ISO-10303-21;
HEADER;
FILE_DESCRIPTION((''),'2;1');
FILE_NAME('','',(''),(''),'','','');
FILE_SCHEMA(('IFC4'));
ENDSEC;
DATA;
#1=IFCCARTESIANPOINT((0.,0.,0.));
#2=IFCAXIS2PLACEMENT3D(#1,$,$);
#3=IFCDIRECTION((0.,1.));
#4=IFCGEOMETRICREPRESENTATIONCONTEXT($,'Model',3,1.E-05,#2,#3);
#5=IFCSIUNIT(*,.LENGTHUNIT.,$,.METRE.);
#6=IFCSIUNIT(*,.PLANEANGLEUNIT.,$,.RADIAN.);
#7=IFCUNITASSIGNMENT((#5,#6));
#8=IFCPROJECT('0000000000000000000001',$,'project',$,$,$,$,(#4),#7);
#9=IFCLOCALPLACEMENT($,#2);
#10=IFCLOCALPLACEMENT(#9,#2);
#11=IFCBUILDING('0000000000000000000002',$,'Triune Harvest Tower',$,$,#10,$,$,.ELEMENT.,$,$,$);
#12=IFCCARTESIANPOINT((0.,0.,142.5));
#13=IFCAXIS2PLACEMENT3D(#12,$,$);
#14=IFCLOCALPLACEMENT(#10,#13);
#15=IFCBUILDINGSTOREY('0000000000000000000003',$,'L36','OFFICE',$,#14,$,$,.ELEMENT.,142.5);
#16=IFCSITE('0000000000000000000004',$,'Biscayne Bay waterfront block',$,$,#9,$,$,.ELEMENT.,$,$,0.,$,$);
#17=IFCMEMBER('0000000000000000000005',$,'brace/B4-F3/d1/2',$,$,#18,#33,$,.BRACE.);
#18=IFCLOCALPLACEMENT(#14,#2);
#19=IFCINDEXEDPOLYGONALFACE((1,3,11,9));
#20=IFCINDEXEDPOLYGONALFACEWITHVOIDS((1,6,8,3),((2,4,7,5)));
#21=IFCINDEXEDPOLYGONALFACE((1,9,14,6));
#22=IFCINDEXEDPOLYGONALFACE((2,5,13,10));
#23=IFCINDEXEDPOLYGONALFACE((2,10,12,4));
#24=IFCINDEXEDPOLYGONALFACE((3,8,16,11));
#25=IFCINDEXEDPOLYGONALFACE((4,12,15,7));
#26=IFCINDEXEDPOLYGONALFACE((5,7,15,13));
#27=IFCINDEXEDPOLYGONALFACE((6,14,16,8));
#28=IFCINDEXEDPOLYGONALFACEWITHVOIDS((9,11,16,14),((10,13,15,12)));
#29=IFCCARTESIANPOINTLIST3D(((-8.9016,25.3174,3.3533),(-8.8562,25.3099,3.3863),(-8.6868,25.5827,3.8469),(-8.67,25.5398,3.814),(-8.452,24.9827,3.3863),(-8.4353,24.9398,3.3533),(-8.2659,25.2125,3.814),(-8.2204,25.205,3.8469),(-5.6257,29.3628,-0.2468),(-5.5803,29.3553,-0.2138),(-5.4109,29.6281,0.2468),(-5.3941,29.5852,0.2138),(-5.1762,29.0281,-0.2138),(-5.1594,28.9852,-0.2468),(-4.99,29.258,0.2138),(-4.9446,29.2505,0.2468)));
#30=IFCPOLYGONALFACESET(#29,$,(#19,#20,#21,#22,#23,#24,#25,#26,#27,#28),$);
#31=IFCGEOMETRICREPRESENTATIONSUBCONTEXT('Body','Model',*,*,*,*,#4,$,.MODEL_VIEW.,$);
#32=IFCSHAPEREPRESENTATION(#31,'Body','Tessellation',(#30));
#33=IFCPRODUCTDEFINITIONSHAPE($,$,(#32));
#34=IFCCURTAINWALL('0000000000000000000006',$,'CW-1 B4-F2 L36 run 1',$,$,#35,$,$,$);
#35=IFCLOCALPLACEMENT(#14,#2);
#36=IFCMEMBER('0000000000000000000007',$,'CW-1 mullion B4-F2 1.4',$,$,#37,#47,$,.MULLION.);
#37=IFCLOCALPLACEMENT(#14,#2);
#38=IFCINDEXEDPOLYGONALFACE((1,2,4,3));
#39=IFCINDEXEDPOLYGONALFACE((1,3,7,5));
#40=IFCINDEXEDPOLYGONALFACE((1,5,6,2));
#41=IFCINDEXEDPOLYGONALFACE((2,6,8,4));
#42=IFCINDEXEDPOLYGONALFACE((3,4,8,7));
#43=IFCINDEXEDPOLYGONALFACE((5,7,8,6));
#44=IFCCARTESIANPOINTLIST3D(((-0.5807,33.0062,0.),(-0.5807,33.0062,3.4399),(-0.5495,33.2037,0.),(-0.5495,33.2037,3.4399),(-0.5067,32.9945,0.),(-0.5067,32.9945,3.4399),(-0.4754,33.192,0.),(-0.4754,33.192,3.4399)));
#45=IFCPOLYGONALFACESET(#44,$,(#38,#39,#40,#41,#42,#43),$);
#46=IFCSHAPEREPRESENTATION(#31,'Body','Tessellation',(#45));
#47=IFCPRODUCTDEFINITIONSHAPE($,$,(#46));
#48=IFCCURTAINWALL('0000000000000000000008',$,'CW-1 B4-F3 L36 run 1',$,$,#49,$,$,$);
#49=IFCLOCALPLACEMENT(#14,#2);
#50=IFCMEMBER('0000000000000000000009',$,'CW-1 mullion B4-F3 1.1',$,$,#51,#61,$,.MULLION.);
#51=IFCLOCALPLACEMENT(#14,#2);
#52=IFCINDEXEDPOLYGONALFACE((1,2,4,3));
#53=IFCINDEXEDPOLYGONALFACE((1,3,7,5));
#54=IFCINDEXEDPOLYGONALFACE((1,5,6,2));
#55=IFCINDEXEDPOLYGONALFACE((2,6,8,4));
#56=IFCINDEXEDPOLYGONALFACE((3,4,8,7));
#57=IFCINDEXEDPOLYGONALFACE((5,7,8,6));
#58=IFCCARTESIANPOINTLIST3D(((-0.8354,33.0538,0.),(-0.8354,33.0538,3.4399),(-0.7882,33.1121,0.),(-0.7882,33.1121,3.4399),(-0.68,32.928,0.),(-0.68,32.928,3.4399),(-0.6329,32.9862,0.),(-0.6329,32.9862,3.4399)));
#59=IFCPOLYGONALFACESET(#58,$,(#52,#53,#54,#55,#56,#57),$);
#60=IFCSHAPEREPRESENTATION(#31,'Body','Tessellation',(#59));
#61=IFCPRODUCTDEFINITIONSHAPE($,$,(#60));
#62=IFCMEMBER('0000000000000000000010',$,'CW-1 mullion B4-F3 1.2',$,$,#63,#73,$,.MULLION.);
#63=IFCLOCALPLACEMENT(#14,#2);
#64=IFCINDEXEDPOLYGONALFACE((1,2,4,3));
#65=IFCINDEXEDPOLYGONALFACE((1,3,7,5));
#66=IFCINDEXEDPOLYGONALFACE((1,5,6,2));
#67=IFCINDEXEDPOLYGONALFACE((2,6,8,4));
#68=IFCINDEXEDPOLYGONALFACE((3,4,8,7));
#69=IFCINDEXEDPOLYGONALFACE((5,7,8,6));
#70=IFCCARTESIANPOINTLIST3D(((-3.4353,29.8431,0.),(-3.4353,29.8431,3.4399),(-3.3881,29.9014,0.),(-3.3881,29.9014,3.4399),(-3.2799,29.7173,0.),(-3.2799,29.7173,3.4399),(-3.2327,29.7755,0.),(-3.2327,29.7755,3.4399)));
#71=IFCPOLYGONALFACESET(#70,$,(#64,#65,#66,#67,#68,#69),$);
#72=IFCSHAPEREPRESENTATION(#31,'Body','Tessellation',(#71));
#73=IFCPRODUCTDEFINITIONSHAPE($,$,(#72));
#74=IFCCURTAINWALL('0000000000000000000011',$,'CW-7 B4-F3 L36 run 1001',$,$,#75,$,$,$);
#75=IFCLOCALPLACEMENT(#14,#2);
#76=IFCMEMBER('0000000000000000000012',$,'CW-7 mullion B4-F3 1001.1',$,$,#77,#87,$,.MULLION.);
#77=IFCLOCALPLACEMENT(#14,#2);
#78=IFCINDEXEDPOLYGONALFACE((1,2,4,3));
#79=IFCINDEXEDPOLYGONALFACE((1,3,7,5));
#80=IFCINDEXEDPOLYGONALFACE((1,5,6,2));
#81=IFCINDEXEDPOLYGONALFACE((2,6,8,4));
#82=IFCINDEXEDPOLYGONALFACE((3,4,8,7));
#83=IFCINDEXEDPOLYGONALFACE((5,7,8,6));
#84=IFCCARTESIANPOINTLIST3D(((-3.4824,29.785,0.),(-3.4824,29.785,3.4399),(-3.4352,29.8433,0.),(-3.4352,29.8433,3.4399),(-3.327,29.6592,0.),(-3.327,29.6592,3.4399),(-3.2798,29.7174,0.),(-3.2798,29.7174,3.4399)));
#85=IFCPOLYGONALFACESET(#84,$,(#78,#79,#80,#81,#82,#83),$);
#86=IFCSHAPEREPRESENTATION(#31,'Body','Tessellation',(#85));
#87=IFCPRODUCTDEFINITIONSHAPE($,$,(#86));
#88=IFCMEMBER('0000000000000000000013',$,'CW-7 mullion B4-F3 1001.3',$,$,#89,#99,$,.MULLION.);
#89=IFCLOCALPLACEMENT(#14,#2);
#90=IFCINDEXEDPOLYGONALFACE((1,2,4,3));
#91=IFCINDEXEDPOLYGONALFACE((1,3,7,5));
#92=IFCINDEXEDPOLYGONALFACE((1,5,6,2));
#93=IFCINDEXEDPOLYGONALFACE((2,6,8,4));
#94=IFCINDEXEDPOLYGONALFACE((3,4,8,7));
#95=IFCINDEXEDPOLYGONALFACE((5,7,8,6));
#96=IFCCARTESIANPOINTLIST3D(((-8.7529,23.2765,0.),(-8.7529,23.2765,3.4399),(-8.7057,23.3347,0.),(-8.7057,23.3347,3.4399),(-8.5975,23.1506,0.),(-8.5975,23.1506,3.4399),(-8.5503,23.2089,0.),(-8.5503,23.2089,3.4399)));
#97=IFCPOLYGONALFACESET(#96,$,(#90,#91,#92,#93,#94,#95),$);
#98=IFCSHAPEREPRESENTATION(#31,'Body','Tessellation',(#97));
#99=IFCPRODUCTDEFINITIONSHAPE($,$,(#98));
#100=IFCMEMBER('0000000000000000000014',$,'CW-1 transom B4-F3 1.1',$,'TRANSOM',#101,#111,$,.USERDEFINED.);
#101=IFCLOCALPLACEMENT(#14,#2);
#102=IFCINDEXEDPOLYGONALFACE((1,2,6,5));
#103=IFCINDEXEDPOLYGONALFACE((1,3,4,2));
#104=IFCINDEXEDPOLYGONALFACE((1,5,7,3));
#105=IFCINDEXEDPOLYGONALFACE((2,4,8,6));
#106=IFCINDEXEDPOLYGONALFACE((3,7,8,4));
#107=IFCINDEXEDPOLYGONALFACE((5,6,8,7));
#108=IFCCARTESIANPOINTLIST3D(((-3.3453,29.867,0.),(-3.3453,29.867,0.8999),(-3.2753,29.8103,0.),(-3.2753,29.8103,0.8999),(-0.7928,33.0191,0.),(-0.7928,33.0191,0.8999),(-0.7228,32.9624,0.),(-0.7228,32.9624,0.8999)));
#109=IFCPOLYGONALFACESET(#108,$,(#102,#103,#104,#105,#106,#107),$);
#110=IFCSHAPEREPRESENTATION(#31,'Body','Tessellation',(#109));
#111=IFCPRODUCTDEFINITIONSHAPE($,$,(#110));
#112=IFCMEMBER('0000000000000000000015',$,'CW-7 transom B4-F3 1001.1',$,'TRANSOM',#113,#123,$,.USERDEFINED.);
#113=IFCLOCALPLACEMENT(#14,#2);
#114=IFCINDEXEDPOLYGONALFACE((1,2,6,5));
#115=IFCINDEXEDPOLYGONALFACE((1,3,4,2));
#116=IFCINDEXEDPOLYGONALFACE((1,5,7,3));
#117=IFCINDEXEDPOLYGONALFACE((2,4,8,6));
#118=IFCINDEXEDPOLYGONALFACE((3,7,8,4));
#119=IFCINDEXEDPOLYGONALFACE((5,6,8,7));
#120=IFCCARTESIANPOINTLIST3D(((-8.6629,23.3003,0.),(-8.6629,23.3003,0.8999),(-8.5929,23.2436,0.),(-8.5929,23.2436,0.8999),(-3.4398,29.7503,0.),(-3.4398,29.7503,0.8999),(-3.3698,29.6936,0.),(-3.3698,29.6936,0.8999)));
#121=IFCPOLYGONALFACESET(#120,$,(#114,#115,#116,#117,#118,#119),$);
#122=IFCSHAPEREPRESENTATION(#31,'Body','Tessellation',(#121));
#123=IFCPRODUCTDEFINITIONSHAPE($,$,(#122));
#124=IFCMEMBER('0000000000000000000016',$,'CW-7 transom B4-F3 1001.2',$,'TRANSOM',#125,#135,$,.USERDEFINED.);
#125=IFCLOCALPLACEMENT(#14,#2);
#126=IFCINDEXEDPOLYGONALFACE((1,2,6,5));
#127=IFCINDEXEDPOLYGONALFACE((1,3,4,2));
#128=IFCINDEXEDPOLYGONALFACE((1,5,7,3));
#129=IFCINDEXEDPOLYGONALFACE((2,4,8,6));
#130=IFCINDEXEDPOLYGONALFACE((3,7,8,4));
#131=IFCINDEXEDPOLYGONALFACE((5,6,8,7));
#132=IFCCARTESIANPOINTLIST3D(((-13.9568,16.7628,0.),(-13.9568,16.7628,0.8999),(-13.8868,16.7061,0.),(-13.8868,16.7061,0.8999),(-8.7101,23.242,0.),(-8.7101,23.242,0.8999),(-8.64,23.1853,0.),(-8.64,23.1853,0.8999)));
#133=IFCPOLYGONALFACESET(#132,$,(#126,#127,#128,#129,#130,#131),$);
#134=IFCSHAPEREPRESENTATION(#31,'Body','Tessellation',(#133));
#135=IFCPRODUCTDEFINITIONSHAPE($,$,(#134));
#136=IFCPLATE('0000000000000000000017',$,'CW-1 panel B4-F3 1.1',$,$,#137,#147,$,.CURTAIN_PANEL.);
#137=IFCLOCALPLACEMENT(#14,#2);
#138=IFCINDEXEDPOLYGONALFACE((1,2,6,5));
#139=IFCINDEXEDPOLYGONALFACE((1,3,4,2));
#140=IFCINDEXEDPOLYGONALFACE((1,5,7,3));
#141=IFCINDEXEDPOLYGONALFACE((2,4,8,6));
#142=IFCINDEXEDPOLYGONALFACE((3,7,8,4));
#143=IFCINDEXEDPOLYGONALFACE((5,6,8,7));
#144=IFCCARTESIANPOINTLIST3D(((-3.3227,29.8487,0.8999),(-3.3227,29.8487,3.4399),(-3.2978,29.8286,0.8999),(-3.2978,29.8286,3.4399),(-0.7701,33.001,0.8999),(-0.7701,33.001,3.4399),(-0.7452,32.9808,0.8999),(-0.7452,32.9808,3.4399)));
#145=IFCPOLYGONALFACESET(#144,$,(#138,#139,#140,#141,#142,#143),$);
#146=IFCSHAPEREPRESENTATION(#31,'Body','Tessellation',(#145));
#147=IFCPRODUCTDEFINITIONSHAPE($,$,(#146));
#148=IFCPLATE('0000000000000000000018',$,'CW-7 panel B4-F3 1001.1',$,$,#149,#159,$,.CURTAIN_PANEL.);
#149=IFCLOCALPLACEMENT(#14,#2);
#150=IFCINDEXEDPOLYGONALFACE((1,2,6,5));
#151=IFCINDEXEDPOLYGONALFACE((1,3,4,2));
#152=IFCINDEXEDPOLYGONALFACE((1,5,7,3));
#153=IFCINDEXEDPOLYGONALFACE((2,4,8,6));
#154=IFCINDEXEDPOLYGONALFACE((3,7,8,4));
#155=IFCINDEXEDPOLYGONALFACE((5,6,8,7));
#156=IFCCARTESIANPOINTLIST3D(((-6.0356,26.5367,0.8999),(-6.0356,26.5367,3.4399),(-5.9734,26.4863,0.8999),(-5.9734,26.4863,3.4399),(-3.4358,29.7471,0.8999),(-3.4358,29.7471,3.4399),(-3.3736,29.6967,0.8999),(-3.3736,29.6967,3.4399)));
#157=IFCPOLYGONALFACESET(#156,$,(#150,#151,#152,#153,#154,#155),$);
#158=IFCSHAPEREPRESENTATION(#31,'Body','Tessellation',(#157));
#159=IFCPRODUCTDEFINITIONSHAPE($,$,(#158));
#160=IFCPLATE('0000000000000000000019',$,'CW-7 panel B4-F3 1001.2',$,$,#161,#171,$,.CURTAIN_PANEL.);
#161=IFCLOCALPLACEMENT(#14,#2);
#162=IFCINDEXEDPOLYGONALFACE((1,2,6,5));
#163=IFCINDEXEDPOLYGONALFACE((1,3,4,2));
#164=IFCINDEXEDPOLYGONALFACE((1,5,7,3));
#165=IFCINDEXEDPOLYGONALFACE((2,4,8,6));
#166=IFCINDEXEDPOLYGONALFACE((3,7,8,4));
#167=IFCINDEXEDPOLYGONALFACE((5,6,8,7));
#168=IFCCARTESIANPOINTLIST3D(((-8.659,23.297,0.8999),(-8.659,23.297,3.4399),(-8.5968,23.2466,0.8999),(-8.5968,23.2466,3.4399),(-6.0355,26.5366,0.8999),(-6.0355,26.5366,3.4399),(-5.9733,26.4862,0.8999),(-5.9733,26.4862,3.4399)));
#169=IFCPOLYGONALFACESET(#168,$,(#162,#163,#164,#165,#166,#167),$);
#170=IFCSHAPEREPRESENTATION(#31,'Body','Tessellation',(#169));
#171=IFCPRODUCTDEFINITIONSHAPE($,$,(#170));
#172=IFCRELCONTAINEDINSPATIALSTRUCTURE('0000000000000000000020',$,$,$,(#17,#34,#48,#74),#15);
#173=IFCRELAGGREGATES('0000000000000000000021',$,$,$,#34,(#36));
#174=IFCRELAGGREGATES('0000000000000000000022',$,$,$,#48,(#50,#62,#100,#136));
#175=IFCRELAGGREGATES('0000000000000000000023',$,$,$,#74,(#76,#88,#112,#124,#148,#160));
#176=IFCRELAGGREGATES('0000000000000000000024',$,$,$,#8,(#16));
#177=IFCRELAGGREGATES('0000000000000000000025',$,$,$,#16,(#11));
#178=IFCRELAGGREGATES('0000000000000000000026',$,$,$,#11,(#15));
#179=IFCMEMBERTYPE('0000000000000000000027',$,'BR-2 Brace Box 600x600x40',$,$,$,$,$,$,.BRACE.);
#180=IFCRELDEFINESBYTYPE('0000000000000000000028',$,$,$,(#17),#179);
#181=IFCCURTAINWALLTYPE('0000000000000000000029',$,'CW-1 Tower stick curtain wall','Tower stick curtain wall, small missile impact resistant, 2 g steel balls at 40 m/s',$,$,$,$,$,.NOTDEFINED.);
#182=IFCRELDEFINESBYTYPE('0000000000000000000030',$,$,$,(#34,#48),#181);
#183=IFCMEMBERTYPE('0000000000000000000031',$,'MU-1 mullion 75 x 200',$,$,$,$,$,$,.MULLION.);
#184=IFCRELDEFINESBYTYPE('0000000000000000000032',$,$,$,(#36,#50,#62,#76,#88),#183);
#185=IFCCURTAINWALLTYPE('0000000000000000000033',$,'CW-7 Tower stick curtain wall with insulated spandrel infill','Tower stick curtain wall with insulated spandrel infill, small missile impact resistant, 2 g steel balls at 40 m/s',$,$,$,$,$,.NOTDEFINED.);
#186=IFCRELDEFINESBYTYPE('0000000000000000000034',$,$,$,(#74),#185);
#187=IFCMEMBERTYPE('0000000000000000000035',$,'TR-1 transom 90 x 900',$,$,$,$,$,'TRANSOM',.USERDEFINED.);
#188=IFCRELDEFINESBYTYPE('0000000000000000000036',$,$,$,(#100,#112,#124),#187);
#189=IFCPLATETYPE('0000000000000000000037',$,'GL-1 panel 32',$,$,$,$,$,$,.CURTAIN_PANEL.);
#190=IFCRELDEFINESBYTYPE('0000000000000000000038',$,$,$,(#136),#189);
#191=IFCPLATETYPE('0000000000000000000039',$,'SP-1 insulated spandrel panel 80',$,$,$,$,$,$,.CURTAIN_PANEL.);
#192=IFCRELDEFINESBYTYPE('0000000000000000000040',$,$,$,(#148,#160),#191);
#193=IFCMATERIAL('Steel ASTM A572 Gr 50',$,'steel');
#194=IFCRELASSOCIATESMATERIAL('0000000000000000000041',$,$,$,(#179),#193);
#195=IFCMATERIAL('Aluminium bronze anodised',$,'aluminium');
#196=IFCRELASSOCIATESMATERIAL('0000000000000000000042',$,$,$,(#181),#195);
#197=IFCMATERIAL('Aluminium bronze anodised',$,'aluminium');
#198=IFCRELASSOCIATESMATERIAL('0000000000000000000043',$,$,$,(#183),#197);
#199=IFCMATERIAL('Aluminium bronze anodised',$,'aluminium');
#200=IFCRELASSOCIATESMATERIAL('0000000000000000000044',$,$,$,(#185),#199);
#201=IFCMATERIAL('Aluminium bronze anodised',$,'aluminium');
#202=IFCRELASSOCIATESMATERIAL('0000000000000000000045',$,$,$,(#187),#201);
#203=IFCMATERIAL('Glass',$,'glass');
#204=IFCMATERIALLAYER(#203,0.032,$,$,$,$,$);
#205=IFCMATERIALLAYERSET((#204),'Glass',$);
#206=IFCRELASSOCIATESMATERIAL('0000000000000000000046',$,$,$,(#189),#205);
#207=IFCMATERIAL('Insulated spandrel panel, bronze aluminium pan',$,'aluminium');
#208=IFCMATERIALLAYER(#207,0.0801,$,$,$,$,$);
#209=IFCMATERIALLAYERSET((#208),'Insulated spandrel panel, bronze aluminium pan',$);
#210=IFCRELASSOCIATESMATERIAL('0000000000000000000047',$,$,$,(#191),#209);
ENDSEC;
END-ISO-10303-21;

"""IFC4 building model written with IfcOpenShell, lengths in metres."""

from ifc_helpers import new_model, si_unit, direction, frame, origin, origin_2d, place, context, subcontext, project, spatial, rectangle, hollow_rectangle, extrude, source, transform, mapped, material, layer, layer_set, material_profile, profile_set, type_object, element, aggregate, save


model = new_model("IFC4")

# Units and contexts
model_context = context("Model", 3, precision=1e-05, world=origin(), true_north=direction((0.0, 1.0)))
body_context = subcontext(model_context, "Body", "Model", "MODEL_VIEW")
ifc_project = project(units=[si_unit("LENGTHUNIT", "METRE"), si_unit("PLANEANGLEUNIT", "RADIAN")], contexts=[model_context])

# Site, building, storey
site_placement = place(None, origin())
site = spatial("IfcSite", under=ifc_project, at=site_placement, Name="Biscayne Bay waterfront block", CompositionType="ELEMENT", RefElevation=0.0)
building_placement = place(site_placement, origin())
building = spatial("IfcBuilding", under=site, at=building_placement, Name="Triune Harvest Tower", CompositionType="ELEMENT")
storey_placement = place(building_placement, frame((0.0, 0.0, 142.5)))
storey = spatial("IfcBuildingStorey", under=building, at=storey_placement, Name="L36", Description="OFFICE", CompositionType="ELEMENT", Elevation=142.5)

# Member
ifc_material_1 = material(Name="Steel ASTM A572 Gr 50", Category="steel")
ifc_material_profile_1 = material_profile(ifc_material_1, hollow_rectangle(XDim=0.6001, YDim=0.6001, WallThickness=0.04, at=origin_2d()), Name="Box 600x600x40")
ifc_profile_set_1 = profile_set([ifc_material_profile_1], Name="Steel ASTM A572 Gr 50")
member_type_1 = type_object("IfcMemberType", Name="BR-2 Brace Box 600x600x40", PredefinedType="BRACE", material=ifc_profile_set_1)
shared_shape_1 = source(origin(), body_context, "Body", "SweptSolid", [
    extrude(hollow_rectangle(XDim=0.6001, YDim=0.6001, WallThickness=0.04, at=origin_2d()), origin(), (0.0, 0.0, 1.0), 6.3291),
])
member_1_placement = place(storey_placement, frame((-5.2852, 29.3066, 0.0), z_axis=(-0.517591, -0.639177, 0.568817), x_axis=(0.777149, -0.629317, 0.0)))
element("IfcMember", 1, at=member_1_placement, inside=storey, type_object=member_type_1, Name="brace/B4-F3/d1/2", PredefinedType="BRACE", context=body_context, shape_type="MappedRepresentation", body=[
    mapped(shared_shape_1, transform((0.0, 0.0, 0.0), scale=1.0)),
])

# Curtain wall, member
ifc_material_2 = material(Name="Aluminium bronze anodised", Category="aluminium")
curtain_wall_type_1 = type_object("IfcCurtainWallType", Name="CW-1 Tower stick curtain wall", Description="Tower stick curtain wall, small missile impact resistant, 2 g steel balls at 40 m/s", PredefinedType="NOTDEFINED", material=ifc_material_2)
curtain_wall_1_placement = place(storey_placement, origin())
curtain_wall_1 = element("IfcCurtainWall", 2, at=curtain_wall_1_placement, inside=storey, type_object=curtain_wall_type_1, Name="CW-1 B4-F2 L36 run 1")
ifc_material_3 = material(Name="Aluminium bronze anodised", Category="aluminium")
ifc_material_profile_2 = material_profile(ifc_material_3, rectangle(XDim=0.2, YDim=0.075, at=origin_2d()), Name="MU-1 mullion 75 x 200")
ifc_profile_set_2 = profile_set([ifc_material_profile_2], Name="Aluminium bronze anodised")
member_type_2 = type_object("IfcMemberType", Name="MU-1 mullion 75 x 200", PredefinedType="MULLION", material=ifc_profile_set_2)
shared_shape_2 = source(origin(), body_context, "Body", "SweptSolid", [
    extrude(rectangle(XDim=0.2, YDim=0.075, at=origin_2d()), origin(), (0.0, 0.0, 1.0), 3.4399),
])
member_2_placement = place(storey_placement, frame((-0.5281, 33.0991, 0.0), z_axis=(0.0, 0.0, 1.0), x_axis=(-0.156433, -0.987689, 0.0)))
member_2 = element("IfcMember", 3, at=member_2_placement, type_object=member_type_2, Name="CW-1 mullion B4-F2 1.4", PredefinedType="MULLION", context=body_context, shape_type="MappedRepresentation", body=[
    mapped(shared_shape_2, transform((0.0, 0.0, 0.0), scale=1.0)),
])
aggregate(curtain_wall_1, [member_2])

# Curtain walls, members
curtain_wall_2_placement = place(storey_placement, origin())
curtain_wall_2 = element("IfcCurtainWall", 4, at=curtain_wall_2_placement, inside=storey, type_object=curtain_wall_type_1, Name="CW-1 B4-F3 L36 run 1")
member_3_placement = place(storey_placement, frame((-0.7341, 33.02, 0.0), z_axis=(0.0, 0.0, 1.0), x_axis=(0.777149, -0.629317, 0.0)))
member_3 = element("IfcMember", 5, at=member_3_placement, type_object=member_type_2, Name="CW-1 mullion B4-F3 1.1", PredefinedType="MULLION", context=body_context, shape_type="MappedRepresentation", body=[
    mapped(shared_shape_2, transform((0.0, 0.0, 0.0), scale=1.0)),
])
member_4_placement = place(storey_placement, frame((-3.334, 29.8093, 0.0), z_axis=(0.0, 0.0, 1.0), x_axis=(0.777149, -0.629317, 0.0)))
member_4 = element("IfcMember", 6, at=member_4_placement, type_object=member_type_2, Name="CW-1 mullion B4-F3 1.2", PredefinedType="MULLION", context=body_context, shape_type="MappedRepresentation", body=[
    mapped(shared_shape_2, transform((0.0, 0.0, 0.0), scale=1.0)),
])
ifc_material_4 = material(Name="Aluminium bronze anodised", Category="aluminium")
curtain_wall_type_2 = type_object("IfcCurtainWallType", Name="CW-7 Tower stick curtain wall with insulated spandrel infill", Description="Tower stick curtain wall with insulated spandrel infill, small missile impact resistant, 2 g steel balls at 40 m/s", PredefinedType="NOTDEFINED", material=ifc_material_4)
curtain_wall_3_placement = place(storey_placement, origin())
curtain_wall_3 = element("IfcCurtainWall", 7, at=curtain_wall_3_placement, inside=storey, type_object=curtain_wall_type_2, Name="CW-7 B4-F3 L36 run 1001")
member_5_placement = place(storey_placement, frame((-3.3811, 29.7512, 0.0), z_axis=(0.0, 0.0, 1.0), x_axis=(0.777144, -0.629322, 0.0)))
member_5 = element("IfcMember", 8, at=member_5_placement, type_object=member_type_2, Name="CW-7 mullion B4-F3 1001.1", PredefinedType="MULLION", context=body_context, shape_type="MappedRepresentation", body=[
    mapped(shared_shape_2, transform((0.0, 0.0, 0.0), scale=1.0)),
])
member_6_placement = place(storey_placement, frame((-8.6516, 23.2427, 0.0), z_axis=(0.0, 0.0, 1.0), x_axis=(0.777144, -0.629322, 0.0)))
member_6 = element("IfcMember", 9, at=member_6_placement, type_object=member_type_2, Name="CW-7 mullion B4-F3 1001.3", PredefinedType="MULLION", context=body_context, shape_type="MappedRepresentation", body=[
    mapped(shared_shape_2, transform((0.0, 0.0, 0.0), scale=1.0)),
])

# Members
ifc_material_5 = material(Name="Aluminium bronze anodised", Category="aluminium")
ifc_material_profile_3 = material_profile(ifc_material_5, rectangle(XDim=0.0901, YDim=0.8999, at=origin_2d()), Name="TR-1 transom 90 x 900")
ifc_profile_set_3 = profile_set([ifc_material_profile_3], Name="Aluminium bronze anodised")
member_type_3 = type_object("IfcMemberType", Name="TR-1 transom 90 x 900", ElementType="TRANSOM", PredefinedType="USERDEFINED", material=ifc_profile_set_3)
shared_shape_3 = source(origin(), body_context, "Body", "SweptSolid", [
    extrude(rectangle(XDim=0.0901, YDim=0.8999, at=origin_2d()), origin(), (0.0, 0.0, 1.0), 4.0559),
])
member_7_placement = place(storey_placement, frame((-0.7578, 32.9907, 0.45), z_axis=(-0.629316, -0.77715, 0.0), x_axis=(0.77715, -0.629316, 0.0)))
member_7 = element("IfcMember", 10, at=member_7_placement, type_object=member_type_3, Name="CW-1 transom B4-F3 1.1", ObjectType="TRANSOM", PredefinedType="USERDEFINED", context=body_context, shape_type="MappedRepresentation", body=[
    mapped(shared_shape_3, transform((0.0, 0.0, 0.0), scale=1.0)),
])
shared_shape_4 = source(origin(), body_context, "Body", "SweptSolid", [
    extrude(rectangle(XDim=0.0901, YDim=0.8999, at=origin_2d()), origin(), (0.0, 0.0, 1.0), 8.2996),
])
member_8_placement = place(storey_placement, frame((-3.4048, 29.7219, 0.45), z_axis=(-0.629326, -0.777141, 0.0), x_axis=(0.777141, -0.629326, 0.0)))
member_8 = element("IfcMember", 11, at=member_8_placement, type_object=member_type_3, Name="CW-7 transom B4-F3 1001.1", ObjectType="TRANSOM", PredefinedType="USERDEFINED", context=body_context, shape_type="MappedRepresentation", body=[
    mapped(shared_shape_4, transform((0.0, 0.0, 0.0), scale=1.0)),
])
shared_shape_5 = source(origin(), body_context, "Body", "SweptSolid", [
    extrude(rectangle(XDim=0.0901, YDim=0.8999, at=origin_2d()), origin(), (0.0, 0.0, 1.0), 8.3372),
])
member_9_placement = place(storey_placement, frame((-8.675, 23.2136, 0.45), z_axis=(-0.629323, -0.777144, 0.0), x_axis=(0.777144, -0.629323, 0.0)))
member_9 = element("IfcMember", 12, at=member_9_placement, type_object=member_type_3, Name="CW-7 transom B4-F3 1001.2", ObjectType="TRANSOM", PredefinedType="USERDEFINED", context=body_context, shape_type="MappedRepresentation", body=[
    mapped(shared_shape_5, transform((0.0, 0.0, 0.0), scale=1.0)),
])

# Plates
ifc_material_6 = material(Name="Glass", Category="glass")
ifc_layer_1 = layer(ifc_material_6, 0.032)
ifc_layer_set_1 = layer_set([ifc_layer_1], Name="Glass")
plate_type_1 = type_object("IfcPlateType", Name="GL-1 panel 32", PredefinedType="CURTAIN_PANEL", material=ifc_layer_set_1)
shared_shape_6 = source(origin(), body_context, "Body", "SweptSolid", [
    extrude(rectangle(XDim=4.0562, YDim=0.032, at=origin_2d()), origin(), (0.0, 0.0, 1.0), 2.54),
])
plate_1_placement = place(storey_placement, frame((-2.0339, 31.4148, 0.8999), z_axis=(0.0, 0.0, 1.0), x_axis=(-0.629317, -0.777149, 0.0)))
plate_1 = element("IfcPlate", 13, at=plate_1_placement, type_object=plate_type_1, Name="CW-1 panel B4-F3 1.1", PredefinedType="CURTAIN_PANEL", context=body_context, shape_type="MappedRepresentation", body=[
    mapped(shared_shape_6, transform((0.0, 0.0, 0.0), scale=1.0)),
])
aggregate(curtain_wall_2, [member_3, member_4, member_7, plate_1])
ifc_material_7 = material(Name="Insulated spandrel panel, bronze aluminium pan", Category="aluminium")
ifc_layer_2 = layer(ifc_material_7, 0.0801)
ifc_layer_set_2 = layer_set([ifc_layer_2], Name="Insulated spandrel panel, bronze aluminium pan")
plate_type_2 = type_object("IfcPlateType", Name="SP-1 insulated spandrel panel 80", PredefinedType="CURTAIN_PANEL", material=ifc_layer_set_2)
shared_shape_7 = source(origin(), body_context, "Body", "SweptSolid", [
    extrude(rectangle(XDim=4.1311, YDim=0.0801, at=origin_2d()), origin(), (0.0, 0.0, 1.0), 2.54),
])
plate_2_placement = place(storey_placement, frame((-4.7046, 28.1167, 0.8999), z_axis=(0.0, 0.0, 1.0), x_axis=(-0.629322, -0.777144, 0.0)))
plate_2 = element("IfcPlate", 14, at=plate_2_placement, type_object=plate_type_2, Name="CW-7 panel B4-F3 1001.1", PredefinedType="CURTAIN_PANEL", context=body_context, shape_type="MappedRepresentation", body=[
    mapped(shared_shape_7, transform((0.0, 0.0, 0.0), scale=1.0)),
])
shared_shape_8 = source(origin(), body_context, "Body", "SweptSolid", [
    extrude(rectangle(XDim=4.1687, YDim=0.0801, at=origin_2d()), origin(), (0.0, 0.0, 1.0), 2.54),
])
plate_3_placement = place(storey_placement, frame((-7.3162, 24.8916, 0.8999), z_axis=(0.0, 0.0, 1.0), x_axis=(-0.629322, -0.777144, 0.0)))
plate_3 = element("IfcPlate", 15, at=plate_3_placement, type_object=plate_type_2, Name="CW-7 panel B4-F3 1001.2", PredefinedType="CURTAIN_PANEL", context=body_context, shape_type="MappedRepresentation", body=[
    mapped(shared_shape_8, transform((0.0, 0.0, 0.0), scale=1.0)),
])
aggregate(curtain_wall_3, [member_5, member_6, member_8, member_9, plate_2, plate_3])

save(model, "model.ifc")
